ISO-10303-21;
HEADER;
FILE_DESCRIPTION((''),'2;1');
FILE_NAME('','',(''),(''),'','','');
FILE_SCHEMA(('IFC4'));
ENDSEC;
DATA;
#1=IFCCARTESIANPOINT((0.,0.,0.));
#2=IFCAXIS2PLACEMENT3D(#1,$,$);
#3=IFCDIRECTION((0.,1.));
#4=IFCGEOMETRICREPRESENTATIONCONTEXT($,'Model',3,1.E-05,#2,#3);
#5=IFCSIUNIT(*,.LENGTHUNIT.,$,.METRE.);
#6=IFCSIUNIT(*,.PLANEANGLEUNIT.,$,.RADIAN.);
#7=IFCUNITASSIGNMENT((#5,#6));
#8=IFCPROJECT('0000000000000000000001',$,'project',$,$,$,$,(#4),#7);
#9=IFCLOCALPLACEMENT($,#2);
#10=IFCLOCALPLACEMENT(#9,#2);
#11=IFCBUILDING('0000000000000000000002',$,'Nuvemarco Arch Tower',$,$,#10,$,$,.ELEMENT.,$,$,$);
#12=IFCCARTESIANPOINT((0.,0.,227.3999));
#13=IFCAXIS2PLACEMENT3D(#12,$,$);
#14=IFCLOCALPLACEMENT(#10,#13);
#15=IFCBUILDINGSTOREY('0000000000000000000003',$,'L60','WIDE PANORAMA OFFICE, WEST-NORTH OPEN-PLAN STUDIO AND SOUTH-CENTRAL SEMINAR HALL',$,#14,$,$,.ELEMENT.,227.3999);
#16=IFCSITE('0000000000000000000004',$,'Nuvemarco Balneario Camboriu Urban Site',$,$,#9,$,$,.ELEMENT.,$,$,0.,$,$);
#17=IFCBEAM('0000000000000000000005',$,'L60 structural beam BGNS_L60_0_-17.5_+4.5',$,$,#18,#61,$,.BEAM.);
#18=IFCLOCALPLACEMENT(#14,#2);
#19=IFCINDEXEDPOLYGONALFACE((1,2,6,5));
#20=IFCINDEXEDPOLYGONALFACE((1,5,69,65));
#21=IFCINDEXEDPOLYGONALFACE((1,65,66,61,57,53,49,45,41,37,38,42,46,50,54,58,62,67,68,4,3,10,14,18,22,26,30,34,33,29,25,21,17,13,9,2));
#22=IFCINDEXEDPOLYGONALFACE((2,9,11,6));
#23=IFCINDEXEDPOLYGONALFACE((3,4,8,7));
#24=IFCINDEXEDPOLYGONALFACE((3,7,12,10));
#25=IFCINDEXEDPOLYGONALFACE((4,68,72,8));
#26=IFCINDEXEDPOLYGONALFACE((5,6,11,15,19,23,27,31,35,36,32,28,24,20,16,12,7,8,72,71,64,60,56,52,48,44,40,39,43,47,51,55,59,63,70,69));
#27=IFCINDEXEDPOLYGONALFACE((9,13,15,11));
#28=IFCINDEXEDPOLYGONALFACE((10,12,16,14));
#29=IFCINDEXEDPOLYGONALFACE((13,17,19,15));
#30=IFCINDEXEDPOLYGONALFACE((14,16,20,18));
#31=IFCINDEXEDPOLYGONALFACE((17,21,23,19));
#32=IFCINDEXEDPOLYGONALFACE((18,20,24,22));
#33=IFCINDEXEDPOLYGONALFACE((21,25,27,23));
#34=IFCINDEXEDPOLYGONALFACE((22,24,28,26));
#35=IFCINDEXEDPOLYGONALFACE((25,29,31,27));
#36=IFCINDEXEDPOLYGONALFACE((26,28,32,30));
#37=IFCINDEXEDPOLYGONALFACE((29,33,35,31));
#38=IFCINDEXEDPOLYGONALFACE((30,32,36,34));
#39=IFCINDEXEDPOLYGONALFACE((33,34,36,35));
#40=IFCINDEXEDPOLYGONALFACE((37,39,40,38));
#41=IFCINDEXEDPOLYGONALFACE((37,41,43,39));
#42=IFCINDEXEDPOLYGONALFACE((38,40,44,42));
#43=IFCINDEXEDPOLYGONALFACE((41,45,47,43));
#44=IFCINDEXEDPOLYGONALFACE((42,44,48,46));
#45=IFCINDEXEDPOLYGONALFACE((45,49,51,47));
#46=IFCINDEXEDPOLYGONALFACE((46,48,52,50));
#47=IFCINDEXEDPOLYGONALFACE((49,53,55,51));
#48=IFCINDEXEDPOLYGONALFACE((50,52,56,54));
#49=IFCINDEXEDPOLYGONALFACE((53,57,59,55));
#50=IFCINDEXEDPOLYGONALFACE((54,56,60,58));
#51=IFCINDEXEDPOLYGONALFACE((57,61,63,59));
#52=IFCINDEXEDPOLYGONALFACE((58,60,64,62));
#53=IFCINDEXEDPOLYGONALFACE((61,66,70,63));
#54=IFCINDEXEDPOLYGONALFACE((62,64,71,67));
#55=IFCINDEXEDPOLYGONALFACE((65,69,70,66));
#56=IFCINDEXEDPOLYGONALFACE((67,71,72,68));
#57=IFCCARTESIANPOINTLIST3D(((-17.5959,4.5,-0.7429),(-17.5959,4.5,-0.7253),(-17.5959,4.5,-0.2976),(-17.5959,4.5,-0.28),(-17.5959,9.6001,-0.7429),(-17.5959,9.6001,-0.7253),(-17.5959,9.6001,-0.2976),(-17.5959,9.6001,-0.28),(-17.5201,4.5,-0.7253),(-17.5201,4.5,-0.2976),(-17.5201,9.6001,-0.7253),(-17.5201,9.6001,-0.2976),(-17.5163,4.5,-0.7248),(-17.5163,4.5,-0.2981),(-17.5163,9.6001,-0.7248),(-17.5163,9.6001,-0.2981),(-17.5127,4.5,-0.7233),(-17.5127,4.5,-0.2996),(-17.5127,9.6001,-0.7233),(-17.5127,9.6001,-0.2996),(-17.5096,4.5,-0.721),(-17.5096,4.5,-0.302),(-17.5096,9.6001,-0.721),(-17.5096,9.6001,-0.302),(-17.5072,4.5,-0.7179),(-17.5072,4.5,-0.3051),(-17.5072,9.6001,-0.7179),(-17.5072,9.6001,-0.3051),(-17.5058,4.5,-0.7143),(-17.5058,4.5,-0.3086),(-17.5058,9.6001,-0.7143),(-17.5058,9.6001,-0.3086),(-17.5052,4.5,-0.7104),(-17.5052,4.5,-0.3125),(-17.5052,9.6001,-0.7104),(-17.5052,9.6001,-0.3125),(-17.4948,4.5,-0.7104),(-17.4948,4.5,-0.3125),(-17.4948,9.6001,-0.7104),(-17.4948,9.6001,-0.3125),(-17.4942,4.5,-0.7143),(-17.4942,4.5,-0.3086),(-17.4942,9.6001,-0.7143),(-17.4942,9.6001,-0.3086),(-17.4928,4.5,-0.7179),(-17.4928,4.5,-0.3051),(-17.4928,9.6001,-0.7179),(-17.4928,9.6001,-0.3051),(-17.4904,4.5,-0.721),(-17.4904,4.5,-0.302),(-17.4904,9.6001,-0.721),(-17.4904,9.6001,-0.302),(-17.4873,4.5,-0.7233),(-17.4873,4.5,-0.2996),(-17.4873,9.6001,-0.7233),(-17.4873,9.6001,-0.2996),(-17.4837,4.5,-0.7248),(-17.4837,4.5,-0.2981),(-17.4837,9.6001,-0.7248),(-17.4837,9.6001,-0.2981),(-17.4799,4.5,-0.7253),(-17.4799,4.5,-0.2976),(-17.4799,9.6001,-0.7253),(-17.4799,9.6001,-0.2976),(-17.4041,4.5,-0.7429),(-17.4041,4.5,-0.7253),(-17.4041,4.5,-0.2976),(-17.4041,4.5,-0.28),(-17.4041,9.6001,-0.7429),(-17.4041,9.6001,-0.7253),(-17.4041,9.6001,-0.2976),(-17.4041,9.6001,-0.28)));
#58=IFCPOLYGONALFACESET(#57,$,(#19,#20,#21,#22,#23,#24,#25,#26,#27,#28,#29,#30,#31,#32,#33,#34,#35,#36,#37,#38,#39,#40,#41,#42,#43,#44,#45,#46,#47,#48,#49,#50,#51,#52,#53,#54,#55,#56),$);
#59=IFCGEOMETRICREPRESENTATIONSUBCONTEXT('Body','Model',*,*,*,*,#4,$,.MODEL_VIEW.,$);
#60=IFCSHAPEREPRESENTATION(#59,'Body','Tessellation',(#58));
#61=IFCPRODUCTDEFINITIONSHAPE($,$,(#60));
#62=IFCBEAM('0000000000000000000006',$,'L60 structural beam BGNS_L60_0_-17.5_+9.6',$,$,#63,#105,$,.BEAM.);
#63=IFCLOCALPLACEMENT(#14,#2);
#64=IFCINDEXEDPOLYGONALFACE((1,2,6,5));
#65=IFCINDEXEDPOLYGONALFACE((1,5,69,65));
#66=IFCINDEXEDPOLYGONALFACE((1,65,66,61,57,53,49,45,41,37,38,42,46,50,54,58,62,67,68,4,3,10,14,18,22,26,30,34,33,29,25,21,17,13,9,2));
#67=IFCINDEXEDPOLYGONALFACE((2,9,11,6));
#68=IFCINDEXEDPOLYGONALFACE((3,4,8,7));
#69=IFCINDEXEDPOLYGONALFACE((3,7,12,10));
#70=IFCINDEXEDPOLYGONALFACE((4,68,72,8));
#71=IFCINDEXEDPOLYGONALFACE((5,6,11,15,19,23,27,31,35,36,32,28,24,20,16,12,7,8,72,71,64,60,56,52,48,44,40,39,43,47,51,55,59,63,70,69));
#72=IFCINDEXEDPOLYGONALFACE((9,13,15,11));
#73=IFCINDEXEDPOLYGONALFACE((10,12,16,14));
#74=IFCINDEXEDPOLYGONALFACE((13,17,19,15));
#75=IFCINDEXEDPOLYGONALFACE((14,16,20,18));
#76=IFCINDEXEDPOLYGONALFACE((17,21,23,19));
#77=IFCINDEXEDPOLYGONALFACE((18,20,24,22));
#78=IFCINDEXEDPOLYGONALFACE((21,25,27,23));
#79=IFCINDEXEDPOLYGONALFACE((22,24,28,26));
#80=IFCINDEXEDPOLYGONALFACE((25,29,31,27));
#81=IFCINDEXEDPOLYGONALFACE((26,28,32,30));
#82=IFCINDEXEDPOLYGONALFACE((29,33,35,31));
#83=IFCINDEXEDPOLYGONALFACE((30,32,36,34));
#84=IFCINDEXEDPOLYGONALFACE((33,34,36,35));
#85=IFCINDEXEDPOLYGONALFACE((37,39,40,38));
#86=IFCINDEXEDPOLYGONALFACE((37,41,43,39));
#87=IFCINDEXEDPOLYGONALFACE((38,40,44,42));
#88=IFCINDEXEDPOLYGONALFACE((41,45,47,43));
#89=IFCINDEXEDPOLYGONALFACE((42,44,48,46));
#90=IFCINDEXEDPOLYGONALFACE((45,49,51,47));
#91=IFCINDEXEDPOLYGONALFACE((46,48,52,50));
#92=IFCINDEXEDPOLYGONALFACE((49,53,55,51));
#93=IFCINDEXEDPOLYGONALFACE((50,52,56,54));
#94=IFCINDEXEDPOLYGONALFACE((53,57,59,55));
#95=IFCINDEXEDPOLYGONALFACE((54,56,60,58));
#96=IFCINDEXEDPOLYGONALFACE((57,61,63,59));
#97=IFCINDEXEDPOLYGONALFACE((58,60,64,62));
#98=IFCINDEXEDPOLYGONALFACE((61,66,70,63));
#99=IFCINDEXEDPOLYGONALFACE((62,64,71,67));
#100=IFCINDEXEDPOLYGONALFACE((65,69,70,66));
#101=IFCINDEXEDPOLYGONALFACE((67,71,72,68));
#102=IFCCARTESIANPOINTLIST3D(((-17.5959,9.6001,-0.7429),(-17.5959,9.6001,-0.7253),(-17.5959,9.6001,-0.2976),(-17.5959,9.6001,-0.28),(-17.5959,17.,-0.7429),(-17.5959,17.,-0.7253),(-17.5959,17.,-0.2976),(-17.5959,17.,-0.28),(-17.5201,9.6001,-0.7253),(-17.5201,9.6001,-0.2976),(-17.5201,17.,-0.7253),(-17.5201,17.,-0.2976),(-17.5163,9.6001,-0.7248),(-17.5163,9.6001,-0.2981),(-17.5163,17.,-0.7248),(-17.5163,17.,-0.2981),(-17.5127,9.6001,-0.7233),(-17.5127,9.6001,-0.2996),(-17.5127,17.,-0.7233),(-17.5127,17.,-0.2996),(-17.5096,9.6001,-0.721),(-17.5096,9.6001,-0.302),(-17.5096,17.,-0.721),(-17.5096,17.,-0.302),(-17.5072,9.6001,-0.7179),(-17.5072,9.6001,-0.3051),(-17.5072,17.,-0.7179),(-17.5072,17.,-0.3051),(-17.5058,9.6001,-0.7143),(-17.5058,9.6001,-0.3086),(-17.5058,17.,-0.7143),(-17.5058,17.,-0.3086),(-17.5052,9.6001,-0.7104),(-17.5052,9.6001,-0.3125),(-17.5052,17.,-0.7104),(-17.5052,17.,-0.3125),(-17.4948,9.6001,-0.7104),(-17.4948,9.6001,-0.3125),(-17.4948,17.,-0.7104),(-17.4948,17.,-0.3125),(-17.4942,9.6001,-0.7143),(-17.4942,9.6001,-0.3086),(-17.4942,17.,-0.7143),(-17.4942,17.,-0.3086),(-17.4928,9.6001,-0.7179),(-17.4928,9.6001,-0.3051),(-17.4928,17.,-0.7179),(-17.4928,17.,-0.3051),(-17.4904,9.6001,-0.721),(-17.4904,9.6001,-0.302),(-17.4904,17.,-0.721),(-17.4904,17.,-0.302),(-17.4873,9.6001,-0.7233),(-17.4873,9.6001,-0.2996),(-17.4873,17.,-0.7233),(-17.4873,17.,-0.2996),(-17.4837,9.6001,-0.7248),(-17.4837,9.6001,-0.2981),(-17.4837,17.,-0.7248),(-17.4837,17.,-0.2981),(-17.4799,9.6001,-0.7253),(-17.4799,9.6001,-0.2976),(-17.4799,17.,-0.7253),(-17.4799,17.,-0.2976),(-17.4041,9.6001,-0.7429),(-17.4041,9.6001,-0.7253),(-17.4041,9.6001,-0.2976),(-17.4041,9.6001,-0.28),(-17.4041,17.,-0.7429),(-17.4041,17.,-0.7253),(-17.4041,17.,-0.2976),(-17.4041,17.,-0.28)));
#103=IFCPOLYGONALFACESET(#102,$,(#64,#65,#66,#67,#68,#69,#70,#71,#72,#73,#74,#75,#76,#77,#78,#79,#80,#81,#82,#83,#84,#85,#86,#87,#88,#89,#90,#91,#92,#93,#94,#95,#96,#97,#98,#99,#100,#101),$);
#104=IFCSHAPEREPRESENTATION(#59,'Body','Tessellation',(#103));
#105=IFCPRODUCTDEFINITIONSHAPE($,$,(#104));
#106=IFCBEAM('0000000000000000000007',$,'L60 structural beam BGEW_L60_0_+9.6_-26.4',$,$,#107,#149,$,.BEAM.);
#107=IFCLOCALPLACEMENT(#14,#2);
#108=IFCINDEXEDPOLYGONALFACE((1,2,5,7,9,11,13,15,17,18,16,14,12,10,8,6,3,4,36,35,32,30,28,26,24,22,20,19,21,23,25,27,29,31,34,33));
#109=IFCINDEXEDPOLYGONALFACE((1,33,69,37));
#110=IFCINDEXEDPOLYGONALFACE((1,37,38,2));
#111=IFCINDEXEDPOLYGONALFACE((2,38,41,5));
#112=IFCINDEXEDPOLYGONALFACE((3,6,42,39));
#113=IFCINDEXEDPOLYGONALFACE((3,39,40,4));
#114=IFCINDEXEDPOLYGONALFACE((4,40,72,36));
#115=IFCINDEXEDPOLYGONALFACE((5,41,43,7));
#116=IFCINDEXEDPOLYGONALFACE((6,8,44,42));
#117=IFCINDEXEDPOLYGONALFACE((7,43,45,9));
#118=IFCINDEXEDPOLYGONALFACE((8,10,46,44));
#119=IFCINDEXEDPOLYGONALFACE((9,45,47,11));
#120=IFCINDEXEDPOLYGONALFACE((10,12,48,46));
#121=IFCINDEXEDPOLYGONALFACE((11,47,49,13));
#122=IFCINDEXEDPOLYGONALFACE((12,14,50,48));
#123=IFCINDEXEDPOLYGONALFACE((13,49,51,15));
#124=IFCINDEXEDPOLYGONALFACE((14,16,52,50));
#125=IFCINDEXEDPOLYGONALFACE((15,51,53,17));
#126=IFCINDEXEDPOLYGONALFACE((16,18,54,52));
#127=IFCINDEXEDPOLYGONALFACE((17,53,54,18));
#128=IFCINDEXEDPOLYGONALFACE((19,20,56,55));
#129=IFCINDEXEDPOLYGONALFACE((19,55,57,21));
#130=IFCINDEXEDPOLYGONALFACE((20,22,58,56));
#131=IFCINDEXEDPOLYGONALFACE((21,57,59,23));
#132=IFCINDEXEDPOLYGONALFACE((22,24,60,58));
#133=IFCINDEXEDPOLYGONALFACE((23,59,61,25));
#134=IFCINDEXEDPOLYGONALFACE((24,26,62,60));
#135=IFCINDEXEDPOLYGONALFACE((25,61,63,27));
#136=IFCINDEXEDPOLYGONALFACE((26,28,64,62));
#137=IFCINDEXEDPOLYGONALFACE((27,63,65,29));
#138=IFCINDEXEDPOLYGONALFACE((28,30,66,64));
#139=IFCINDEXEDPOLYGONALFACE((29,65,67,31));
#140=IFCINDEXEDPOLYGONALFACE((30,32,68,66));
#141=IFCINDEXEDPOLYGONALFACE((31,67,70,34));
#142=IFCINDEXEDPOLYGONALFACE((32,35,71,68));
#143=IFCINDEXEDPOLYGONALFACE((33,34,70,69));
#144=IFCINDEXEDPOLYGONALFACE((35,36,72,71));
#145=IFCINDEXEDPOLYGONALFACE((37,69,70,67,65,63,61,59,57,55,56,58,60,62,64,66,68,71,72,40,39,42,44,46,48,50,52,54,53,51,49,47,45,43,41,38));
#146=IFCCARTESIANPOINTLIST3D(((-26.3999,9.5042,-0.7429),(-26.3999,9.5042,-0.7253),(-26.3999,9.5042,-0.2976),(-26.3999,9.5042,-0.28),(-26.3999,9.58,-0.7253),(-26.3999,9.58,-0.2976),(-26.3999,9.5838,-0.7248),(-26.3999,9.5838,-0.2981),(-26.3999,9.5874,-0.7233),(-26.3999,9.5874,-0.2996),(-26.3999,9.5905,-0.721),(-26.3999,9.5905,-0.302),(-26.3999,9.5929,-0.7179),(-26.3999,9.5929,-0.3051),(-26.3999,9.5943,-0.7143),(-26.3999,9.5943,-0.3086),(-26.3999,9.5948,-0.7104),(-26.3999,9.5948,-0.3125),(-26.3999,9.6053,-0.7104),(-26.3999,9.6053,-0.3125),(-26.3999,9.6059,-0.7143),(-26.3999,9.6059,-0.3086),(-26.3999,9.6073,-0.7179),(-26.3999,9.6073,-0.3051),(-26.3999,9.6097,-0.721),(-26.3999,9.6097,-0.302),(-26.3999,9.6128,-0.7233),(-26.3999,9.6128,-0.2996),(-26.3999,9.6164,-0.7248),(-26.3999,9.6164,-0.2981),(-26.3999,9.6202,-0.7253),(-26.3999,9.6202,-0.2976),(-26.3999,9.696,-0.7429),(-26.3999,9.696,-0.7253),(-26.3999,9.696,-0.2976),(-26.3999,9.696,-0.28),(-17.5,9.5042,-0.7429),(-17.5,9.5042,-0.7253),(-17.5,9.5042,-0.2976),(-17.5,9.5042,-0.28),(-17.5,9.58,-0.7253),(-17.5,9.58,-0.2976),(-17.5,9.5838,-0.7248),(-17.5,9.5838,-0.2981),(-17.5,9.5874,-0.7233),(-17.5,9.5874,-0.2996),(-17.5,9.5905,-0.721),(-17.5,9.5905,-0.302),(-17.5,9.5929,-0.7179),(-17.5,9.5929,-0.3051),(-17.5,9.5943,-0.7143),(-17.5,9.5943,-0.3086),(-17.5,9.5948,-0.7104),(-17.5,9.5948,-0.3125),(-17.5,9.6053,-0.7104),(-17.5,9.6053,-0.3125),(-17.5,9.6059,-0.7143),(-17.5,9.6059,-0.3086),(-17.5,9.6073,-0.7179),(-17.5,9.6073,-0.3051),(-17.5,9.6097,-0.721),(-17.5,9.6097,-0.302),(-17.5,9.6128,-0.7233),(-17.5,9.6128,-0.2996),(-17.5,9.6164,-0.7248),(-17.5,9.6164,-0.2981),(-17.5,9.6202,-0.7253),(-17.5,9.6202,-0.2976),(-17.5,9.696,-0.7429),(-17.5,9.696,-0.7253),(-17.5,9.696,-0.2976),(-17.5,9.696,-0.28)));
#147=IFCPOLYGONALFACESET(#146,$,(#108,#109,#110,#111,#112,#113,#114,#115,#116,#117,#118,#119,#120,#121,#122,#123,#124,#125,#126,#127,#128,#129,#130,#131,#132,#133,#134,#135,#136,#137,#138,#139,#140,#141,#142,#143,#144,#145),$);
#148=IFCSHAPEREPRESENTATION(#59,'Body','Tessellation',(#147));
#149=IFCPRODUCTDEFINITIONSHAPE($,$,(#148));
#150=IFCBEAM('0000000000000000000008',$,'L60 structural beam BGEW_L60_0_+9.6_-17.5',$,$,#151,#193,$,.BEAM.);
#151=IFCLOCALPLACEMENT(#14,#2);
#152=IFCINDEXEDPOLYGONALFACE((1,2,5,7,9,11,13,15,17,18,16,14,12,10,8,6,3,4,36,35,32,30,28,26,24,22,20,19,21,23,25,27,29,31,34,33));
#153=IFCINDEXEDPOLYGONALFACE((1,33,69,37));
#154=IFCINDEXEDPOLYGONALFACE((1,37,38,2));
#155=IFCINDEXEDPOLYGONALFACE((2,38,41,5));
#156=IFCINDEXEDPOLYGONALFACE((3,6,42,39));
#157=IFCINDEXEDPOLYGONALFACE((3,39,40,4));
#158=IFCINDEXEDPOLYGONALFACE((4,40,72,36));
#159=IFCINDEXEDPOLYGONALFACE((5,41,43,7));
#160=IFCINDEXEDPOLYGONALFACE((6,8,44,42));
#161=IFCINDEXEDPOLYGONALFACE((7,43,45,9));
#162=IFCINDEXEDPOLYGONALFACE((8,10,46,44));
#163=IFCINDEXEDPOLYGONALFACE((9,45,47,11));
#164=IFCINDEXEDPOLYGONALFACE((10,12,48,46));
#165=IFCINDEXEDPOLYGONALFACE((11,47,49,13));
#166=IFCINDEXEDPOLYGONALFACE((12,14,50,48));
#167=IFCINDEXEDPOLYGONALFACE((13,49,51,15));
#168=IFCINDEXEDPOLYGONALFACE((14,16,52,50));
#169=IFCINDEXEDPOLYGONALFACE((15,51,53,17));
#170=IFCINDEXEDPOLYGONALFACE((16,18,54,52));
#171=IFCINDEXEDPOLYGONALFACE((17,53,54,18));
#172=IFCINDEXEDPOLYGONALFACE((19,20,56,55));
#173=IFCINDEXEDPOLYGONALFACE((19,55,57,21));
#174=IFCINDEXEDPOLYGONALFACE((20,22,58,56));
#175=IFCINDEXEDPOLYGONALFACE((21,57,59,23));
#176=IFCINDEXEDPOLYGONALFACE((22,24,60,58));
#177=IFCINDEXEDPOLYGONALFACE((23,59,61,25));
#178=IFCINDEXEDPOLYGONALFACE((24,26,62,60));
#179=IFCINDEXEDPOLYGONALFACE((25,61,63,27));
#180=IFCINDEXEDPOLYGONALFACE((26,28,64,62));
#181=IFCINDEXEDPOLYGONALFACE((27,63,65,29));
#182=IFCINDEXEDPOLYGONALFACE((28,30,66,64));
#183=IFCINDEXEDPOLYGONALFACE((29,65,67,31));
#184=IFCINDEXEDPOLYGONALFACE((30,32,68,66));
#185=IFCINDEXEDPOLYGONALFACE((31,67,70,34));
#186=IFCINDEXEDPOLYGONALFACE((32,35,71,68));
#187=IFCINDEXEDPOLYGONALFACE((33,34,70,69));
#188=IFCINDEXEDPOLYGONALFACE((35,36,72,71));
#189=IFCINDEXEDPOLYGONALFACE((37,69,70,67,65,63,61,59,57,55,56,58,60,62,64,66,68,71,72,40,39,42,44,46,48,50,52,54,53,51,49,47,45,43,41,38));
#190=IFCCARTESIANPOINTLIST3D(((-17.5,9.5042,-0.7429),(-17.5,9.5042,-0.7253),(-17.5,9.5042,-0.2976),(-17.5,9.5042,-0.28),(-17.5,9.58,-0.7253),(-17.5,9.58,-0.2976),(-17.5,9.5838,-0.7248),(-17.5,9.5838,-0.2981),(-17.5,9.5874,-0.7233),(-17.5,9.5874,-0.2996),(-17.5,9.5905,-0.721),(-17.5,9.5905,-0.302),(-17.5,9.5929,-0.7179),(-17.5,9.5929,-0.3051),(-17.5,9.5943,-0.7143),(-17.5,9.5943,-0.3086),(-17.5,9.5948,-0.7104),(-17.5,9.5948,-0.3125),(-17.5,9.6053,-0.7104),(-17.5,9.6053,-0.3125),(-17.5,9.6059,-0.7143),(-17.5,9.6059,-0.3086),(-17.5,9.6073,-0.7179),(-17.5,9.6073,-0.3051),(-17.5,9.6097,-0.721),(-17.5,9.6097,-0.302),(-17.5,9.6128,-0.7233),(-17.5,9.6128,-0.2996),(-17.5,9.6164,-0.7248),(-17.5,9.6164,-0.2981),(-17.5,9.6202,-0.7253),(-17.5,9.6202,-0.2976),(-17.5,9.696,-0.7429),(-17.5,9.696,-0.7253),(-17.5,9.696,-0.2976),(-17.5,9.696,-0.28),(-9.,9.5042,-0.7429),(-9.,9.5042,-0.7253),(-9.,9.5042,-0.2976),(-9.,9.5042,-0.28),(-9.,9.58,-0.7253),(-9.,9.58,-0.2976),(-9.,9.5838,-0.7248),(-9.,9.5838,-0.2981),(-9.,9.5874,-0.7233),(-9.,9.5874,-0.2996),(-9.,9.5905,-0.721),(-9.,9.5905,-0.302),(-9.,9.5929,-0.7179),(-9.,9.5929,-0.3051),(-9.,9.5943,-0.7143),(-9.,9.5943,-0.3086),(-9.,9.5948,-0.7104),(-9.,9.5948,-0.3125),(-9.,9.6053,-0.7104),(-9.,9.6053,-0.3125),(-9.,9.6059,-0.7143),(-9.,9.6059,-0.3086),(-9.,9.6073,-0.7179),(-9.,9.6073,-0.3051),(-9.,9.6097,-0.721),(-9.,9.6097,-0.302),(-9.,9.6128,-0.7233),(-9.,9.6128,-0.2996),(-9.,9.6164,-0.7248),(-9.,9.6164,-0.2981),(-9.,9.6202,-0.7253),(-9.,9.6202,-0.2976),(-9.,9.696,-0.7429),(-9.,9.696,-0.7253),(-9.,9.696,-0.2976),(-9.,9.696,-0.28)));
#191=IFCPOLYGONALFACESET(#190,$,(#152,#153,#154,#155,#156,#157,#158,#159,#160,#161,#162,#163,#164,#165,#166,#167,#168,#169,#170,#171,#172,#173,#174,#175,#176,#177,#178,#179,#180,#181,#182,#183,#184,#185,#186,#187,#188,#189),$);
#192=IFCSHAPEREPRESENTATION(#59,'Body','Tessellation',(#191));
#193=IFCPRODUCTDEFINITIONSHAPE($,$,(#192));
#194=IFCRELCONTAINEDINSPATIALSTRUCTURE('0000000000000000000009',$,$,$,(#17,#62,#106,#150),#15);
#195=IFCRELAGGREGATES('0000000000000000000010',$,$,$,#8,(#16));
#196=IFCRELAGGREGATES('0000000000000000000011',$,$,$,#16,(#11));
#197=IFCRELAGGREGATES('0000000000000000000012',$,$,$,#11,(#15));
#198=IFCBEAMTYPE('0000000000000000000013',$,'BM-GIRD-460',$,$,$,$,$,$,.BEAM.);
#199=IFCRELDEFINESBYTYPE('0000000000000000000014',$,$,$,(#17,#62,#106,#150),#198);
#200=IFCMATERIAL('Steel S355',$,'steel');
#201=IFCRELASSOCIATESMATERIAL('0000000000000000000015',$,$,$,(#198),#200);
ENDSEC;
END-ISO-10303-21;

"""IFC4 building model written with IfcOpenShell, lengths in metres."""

from ifc_helpers import new_model, si_unit, direction, frame, origin, origin_2d, place, context, subcontext, project, spatial, i_section, extrude, material, material_profile, profile_set, type_object, element, save


model = new_model("IFC4")

# Units and contexts
model_context = context("Model", 3, precision=1e-05, world=origin(), true_north=direction((0.0, 1.0)))
body_context = subcontext(model_context, "Body", "Model", "MODEL_VIEW")
ifc_project = project(units=[si_unit("LENGTHUNIT", "METRE"), si_unit("PLANEANGLEUNIT", "RADIAN")], contexts=[model_context])

# Site, building, storey
site_placement = place(None, origin())
site = spatial("IfcSite", under=ifc_project, at=site_placement, Name="Nuvemarco Balneario Camboriu Urban Site", CompositionType="ELEMENT", RefElevation=0.0)
building_placement = place(site_placement, origin())
building = spatial("IfcBuilding", under=site, at=building_placement, Name="Nuvemarco Arch Tower", CompositionType="ELEMENT")
storey_placement = place(building_placement, frame((0.0, 0.0, 227.3999)))
storey = spatial("IfcBuildingStorey", under=building, at=storey_placement, Name="L60", Description="WIDE PANORAMA OFFICE, WEST-NORTH OPEN-PLAN STUDIO AND SOUTH-CENTRAL SEMINAR HALL", CompositionType="ELEMENT", Elevation=227.3999)

# Shared definitions
ifc_material_1 = material(Name="Steel S355", Category="steel")

# Beams
ifc_material_profile_1 = material_profile(ifc_material_1, i_section(OverallWidth=0.1919, OverallDepth=0.4629, WebThickness=0.0105, FlangeThickness=0.0176, FilletRadius=0.0149, at=origin_2d()), Name="W460x89")
ifc_profile_set_1 = profile_set([ifc_material_profile_1], Name="Steel S355")
beam_type_1 = type_object("IfcBeamType", Name="BM-GIRD-460", PredefinedType="BEAM", material=ifc_profile_set_1)
beam_1_placement = place(storey_placement, frame((-17.5, 4.5, -0.5115), z_axis=(0.0, 1.0, 0.0), x_axis=(-1.0, 0.0, 0.0)))
element("IfcBeam", 1, at=beam_1_placement, inside=storey, type_object=beam_type_1, Name="L60 structural beam BGNS_L60_0_-17.5_+4.5", PredefinedType="BEAM", context=body_context, shape_type="SweptSolid", body=[
    extrude(i_section(OverallWidth=0.1919, OverallDepth=0.4629, WebThickness=0.0105, FlangeThickness=0.0176, FilletRadius=0.0149, at=origin_2d()), origin(), (0.0, 0.0, 1.0), 5.1001),
])
beam_2_placement = place(storey_placement, frame((-17.5, 9.6001, -0.5115), z_axis=(0.0, 1.0, 0.0), x_axis=(-1.0, 0.0, 0.0)))
element("IfcBeam", 2, at=beam_2_placement, inside=storey, type_object=beam_type_1, Name="L60 structural beam BGNS_L60_0_-17.5_+9.6", PredefinedType="BEAM", context=body_context, shape_type="SweptSolid", body=[
    extrude(i_section(OverallWidth=0.1919, OverallDepth=0.4629, WebThickness=0.0105, FlangeThickness=0.0176, FilletRadius=0.0149, at=origin_2d()), origin(), (0.0, 0.0, 1.0), 7.3999),
])
beam_3_placement = place(storey_placement, frame((-26.3999, 9.6001, -0.5115), z_axis=(1.0, 0.0, 0.0), x_axis=(0.0, 1.0, 0.0)))
element("IfcBeam", 3, at=beam_3_placement, inside=storey, type_object=beam_type_1, Name="L60 structural beam BGEW_L60_0_+9.6_-26.4", PredefinedType="BEAM", context=body_context, shape_type="SweptSolid", body=[
    extrude(i_section(OverallWidth=0.1919, OverallDepth=0.4629, WebThickness=0.0105, FlangeThickness=0.0176, FilletRadius=0.0149, at=origin_2d()), origin(), (0.0, 0.0, 1.0), 8.8999),
])
beam_4_placement = place(storey_placement, frame((-17.5, 9.6001, -0.5115), z_axis=(1.0, 0.0, 0.0), x_axis=(0.0, 1.0, 0.0)))
element("IfcBeam", 4, at=beam_4_placement, inside=storey, type_object=beam_type_1, Name="L60 structural beam BGEW_L60_0_+9.6_-17.5", PredefinedType="BEAM", context=body_context, shape_type="SweptSolid", body=[
    extrude(i_section(OverallWidth=0.1919, OverallDepth=0.4629, WebThickness=0.0105, FlangeThickness=0.0176, FilletRadius=0.0149, at=origin_2d()), origin(), (0.0, 0.0, 1.0), 8.5),
])

save(model, "model.ifc")
